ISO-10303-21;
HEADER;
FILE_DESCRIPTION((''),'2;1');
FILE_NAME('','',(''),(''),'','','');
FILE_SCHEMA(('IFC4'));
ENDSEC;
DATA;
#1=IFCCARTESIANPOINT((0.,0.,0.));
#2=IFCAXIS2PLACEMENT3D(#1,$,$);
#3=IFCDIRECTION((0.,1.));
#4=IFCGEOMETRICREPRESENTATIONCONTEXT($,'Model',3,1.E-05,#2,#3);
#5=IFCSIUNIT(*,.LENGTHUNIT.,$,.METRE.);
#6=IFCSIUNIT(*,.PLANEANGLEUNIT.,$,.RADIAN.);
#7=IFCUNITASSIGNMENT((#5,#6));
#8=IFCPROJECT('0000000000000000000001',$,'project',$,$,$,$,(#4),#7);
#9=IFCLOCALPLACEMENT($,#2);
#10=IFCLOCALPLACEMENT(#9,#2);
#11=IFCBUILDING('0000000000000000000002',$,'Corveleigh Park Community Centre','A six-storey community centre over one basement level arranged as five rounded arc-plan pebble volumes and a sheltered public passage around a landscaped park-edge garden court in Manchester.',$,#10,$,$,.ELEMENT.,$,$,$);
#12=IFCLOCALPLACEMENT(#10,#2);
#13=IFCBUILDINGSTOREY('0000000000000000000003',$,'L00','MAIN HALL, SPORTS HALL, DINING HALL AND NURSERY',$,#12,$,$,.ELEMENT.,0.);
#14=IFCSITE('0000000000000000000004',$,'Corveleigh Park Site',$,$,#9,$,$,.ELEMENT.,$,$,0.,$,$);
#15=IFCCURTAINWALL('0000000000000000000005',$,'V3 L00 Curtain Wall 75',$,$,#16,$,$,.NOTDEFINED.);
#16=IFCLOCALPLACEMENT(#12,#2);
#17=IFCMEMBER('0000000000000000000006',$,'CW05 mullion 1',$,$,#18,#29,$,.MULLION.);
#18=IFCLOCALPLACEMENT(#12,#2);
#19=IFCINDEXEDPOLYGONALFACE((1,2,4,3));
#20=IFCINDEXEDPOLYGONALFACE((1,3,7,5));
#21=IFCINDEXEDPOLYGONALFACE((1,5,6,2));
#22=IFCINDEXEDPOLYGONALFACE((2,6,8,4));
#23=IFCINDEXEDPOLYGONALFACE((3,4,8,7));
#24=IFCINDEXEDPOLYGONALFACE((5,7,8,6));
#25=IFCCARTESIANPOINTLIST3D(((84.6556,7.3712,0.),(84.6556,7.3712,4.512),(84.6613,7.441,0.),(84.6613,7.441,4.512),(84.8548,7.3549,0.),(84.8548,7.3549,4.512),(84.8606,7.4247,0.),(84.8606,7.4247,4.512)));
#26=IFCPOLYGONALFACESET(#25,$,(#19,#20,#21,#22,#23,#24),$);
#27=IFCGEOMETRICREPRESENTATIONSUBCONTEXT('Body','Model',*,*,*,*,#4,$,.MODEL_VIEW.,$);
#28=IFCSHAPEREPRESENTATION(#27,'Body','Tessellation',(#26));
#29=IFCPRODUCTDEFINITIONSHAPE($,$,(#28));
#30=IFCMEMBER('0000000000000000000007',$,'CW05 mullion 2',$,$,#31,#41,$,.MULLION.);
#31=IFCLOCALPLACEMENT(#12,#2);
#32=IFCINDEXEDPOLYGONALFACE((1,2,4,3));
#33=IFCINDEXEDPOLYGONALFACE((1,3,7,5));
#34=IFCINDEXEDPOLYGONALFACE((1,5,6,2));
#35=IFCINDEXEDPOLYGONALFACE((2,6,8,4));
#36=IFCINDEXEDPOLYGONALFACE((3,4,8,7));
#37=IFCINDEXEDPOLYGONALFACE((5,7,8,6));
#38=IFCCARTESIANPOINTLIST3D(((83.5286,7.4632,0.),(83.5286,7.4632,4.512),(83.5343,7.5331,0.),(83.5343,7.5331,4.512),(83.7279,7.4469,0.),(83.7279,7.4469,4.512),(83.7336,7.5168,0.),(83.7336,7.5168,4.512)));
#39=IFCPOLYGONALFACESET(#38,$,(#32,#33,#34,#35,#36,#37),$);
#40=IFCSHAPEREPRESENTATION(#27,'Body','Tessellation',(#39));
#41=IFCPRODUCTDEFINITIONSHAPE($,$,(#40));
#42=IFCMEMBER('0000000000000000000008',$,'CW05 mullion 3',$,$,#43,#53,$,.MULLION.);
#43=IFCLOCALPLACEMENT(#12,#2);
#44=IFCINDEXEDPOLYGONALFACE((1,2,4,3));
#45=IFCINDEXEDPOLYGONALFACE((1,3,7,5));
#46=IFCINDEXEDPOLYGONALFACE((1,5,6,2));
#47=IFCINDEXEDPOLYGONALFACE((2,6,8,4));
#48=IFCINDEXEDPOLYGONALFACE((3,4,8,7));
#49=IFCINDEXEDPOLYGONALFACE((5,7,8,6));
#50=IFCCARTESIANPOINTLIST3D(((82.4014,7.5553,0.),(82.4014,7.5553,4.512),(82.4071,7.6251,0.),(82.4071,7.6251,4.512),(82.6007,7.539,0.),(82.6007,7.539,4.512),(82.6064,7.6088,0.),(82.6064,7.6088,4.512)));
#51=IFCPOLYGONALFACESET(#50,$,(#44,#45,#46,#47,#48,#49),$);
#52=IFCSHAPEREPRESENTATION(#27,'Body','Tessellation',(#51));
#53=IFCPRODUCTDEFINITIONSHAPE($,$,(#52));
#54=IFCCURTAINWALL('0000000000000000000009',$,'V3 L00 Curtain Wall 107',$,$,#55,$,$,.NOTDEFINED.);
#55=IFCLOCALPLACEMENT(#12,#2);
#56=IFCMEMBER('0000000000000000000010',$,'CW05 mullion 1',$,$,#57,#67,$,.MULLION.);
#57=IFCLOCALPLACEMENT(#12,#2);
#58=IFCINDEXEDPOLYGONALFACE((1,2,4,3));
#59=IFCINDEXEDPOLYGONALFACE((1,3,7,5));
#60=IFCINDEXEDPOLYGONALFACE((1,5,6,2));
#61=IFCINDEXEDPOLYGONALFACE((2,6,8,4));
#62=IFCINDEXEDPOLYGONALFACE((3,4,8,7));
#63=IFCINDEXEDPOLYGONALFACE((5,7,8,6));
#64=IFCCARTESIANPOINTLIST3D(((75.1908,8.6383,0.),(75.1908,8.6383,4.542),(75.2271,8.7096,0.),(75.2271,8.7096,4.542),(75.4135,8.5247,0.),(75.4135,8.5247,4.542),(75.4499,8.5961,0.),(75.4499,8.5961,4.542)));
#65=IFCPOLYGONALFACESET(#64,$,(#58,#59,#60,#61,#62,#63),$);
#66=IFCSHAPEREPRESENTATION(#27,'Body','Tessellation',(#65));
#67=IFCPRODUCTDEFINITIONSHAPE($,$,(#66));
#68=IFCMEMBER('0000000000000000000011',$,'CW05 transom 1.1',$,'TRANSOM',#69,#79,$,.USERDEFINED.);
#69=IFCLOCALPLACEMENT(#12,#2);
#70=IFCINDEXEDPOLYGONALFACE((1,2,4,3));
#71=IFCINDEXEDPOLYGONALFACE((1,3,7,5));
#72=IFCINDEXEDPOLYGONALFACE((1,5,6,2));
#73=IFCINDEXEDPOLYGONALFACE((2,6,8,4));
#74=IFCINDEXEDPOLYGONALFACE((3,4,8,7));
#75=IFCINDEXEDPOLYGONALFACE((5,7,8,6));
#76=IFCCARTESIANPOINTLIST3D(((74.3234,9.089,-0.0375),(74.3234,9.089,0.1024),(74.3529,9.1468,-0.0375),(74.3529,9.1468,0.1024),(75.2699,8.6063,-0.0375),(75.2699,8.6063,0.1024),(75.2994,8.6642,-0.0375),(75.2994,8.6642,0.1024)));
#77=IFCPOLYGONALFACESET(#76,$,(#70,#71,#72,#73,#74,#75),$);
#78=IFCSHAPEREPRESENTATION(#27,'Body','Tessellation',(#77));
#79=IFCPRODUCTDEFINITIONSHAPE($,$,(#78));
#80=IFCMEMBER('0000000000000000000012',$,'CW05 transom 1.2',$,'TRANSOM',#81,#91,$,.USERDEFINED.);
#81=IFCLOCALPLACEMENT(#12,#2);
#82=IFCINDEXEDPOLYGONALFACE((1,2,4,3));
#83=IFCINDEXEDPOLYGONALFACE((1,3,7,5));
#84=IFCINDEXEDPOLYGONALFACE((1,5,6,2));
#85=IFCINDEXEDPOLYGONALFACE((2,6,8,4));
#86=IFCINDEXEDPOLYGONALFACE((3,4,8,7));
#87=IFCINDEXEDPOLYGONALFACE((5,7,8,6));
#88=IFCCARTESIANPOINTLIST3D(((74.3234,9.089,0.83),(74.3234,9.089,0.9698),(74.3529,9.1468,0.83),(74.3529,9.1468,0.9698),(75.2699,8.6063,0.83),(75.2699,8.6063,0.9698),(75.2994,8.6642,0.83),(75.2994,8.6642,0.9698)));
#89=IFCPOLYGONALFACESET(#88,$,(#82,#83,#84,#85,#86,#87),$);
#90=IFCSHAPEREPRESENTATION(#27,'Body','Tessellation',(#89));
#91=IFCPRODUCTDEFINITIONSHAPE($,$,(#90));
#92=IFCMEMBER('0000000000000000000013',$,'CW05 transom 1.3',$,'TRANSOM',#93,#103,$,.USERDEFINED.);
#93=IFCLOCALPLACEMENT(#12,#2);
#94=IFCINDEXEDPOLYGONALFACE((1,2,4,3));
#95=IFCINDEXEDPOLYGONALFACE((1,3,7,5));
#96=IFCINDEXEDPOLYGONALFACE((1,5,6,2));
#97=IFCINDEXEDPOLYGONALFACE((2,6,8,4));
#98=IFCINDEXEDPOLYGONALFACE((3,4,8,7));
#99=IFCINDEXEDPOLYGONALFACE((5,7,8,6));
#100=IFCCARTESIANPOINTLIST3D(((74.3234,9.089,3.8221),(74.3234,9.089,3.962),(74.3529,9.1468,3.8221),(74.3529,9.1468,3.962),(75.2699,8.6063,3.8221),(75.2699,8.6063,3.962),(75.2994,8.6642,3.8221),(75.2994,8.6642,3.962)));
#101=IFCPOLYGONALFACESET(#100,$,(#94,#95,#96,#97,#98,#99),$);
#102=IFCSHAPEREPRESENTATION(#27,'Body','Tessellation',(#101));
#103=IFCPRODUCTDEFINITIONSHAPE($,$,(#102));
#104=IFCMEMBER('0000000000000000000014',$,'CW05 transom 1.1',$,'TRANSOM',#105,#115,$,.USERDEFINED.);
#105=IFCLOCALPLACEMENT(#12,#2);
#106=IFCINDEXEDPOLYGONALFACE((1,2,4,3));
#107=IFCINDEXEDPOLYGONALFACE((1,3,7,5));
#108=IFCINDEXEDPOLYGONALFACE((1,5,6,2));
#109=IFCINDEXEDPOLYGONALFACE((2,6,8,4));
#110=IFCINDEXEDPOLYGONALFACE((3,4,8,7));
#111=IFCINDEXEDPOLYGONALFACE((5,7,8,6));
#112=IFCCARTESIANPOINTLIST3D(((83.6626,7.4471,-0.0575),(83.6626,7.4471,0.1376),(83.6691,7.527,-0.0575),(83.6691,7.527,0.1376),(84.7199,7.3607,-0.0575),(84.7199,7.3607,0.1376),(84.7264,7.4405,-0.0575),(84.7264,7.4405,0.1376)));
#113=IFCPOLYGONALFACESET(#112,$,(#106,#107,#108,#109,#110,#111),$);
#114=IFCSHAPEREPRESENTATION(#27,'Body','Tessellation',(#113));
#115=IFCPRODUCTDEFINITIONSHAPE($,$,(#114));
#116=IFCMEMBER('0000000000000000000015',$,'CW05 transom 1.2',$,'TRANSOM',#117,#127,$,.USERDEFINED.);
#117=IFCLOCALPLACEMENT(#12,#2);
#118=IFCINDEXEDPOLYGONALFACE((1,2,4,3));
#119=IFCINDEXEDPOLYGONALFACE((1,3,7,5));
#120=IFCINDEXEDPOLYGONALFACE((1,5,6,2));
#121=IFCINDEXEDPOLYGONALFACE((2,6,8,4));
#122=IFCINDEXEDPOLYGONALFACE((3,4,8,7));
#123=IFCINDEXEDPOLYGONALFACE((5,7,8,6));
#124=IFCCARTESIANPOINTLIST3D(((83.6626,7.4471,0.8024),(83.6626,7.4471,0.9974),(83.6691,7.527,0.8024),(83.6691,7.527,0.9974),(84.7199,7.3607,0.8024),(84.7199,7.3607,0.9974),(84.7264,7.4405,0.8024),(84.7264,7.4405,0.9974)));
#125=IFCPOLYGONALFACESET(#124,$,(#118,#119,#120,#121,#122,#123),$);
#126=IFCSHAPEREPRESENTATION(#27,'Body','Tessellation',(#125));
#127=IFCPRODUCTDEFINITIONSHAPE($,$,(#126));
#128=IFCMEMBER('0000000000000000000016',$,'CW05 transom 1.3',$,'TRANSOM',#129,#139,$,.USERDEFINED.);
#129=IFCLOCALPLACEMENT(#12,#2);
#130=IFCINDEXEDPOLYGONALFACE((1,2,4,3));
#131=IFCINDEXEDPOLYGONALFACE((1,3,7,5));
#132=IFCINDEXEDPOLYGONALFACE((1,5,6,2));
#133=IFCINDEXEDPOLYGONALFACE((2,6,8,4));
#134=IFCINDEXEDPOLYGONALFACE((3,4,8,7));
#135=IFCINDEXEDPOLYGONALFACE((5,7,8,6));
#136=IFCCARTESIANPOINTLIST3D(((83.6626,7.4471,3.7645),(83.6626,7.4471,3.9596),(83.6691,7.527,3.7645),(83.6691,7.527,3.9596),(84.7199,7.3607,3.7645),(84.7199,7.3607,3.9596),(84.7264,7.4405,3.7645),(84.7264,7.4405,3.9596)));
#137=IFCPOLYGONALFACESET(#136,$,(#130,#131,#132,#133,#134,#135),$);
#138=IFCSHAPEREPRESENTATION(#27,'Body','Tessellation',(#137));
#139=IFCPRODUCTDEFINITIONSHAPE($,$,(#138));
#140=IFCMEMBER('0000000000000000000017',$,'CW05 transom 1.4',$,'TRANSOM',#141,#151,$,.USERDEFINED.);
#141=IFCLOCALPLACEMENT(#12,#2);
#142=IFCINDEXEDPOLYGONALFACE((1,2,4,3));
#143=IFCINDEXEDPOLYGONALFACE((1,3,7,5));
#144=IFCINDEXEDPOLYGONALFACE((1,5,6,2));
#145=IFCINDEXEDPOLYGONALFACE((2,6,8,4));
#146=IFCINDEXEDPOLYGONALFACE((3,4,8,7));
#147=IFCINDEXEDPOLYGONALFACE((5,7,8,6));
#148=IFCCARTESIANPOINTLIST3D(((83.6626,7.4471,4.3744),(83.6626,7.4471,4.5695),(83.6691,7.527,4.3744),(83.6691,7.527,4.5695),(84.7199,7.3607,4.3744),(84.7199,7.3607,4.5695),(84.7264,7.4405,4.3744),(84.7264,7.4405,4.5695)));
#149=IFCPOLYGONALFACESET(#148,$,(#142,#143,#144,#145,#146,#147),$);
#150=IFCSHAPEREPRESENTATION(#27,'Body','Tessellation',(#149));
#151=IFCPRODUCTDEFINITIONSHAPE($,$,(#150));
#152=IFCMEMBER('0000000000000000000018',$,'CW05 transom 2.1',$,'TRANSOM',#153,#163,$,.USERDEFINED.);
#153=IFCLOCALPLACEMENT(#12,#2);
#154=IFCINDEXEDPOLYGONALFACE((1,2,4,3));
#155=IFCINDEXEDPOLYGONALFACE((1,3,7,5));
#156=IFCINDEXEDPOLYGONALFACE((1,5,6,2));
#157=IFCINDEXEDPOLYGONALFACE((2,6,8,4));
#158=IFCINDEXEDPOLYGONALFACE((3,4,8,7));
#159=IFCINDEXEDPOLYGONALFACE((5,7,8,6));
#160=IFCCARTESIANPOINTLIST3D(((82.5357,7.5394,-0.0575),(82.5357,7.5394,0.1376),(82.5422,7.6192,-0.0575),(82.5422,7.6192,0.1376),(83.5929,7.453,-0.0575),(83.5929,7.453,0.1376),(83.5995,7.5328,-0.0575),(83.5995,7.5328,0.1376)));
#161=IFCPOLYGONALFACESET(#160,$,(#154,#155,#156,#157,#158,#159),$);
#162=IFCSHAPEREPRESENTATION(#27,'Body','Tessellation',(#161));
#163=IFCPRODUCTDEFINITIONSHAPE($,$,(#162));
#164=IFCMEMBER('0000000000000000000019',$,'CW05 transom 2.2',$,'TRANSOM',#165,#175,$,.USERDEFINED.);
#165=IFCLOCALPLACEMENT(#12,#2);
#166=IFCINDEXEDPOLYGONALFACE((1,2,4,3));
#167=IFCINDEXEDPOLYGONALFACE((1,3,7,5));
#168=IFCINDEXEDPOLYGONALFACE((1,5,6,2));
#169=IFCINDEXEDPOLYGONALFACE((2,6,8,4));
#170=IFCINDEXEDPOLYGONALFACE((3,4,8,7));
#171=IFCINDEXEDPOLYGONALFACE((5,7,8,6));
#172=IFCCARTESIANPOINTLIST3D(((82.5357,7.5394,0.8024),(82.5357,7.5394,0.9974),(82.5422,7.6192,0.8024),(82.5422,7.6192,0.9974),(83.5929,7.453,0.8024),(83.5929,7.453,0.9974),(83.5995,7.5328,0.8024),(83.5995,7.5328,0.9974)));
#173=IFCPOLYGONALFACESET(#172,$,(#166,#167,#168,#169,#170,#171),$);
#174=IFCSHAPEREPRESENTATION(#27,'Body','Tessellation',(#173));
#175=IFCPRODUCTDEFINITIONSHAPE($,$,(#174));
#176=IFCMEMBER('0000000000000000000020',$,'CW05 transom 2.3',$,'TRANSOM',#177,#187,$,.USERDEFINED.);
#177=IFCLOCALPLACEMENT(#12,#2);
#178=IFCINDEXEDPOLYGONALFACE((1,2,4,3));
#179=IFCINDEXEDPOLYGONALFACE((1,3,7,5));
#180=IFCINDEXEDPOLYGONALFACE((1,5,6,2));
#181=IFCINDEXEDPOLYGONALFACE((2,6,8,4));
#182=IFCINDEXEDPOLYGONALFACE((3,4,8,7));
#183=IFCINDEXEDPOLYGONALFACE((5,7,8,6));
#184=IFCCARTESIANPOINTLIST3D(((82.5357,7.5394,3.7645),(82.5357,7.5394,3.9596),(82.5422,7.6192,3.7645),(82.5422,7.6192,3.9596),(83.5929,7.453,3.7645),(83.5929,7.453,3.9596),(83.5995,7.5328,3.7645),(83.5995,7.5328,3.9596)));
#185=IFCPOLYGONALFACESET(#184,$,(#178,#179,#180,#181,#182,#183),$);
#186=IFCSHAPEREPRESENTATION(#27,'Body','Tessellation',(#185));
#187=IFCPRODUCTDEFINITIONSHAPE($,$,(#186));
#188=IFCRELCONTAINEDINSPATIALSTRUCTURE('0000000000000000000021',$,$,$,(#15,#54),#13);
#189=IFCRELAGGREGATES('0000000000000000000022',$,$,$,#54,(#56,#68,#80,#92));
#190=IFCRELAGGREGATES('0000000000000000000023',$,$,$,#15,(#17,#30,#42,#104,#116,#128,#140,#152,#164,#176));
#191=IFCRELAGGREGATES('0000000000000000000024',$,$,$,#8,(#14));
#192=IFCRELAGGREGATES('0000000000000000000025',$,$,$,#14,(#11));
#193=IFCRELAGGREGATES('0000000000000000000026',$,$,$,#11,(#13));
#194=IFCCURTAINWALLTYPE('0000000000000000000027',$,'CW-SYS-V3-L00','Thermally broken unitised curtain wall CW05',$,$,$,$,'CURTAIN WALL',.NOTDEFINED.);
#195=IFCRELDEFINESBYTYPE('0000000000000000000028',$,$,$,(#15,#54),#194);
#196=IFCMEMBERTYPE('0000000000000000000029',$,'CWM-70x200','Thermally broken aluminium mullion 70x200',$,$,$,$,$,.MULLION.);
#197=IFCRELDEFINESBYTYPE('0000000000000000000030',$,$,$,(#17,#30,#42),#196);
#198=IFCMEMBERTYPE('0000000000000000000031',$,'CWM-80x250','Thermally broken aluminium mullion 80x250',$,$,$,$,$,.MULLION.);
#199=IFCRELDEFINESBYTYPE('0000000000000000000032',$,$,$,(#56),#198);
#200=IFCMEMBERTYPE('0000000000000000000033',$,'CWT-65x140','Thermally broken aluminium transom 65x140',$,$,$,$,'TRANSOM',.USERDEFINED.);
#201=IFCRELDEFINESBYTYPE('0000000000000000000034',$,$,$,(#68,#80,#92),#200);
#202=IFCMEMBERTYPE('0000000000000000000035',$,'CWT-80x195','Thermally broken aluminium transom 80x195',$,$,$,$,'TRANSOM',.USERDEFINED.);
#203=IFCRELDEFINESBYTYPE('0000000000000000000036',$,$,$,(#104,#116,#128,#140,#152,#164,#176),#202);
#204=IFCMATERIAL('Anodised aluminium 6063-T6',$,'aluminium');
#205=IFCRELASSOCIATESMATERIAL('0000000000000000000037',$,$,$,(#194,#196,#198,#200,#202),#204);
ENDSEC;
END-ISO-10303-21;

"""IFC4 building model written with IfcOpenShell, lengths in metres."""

from ifc_helpers import new_model, si_unit, direction, frame, origin, origin_2d, place, context, subcontext, project, spatial, rectangle, extrude, material, material_profile, profile_set, type_object, element, aggregate, save


model = new_model("IFC4")

# Units and contexts
model_context = context("Model", 3, precision=1e-05, world=origin(), true_north=direction((0.0, 1.0)))
body_context = subcontext(model_context, "Body", "Model", "MODEL_VIEW")
ifc_project = project(units=[si_unit("LENGTHUNIT", "METRE"), si_unit("PLANEANGLEUNIT", "RADIAN")], contexts=[model_context])

# Site, building, storey
site_placement = place(None, origin())
site = spatial("IfcSite", under=ifc_project, at=site_placement, Name="Corveleigh Park Site", CompositionType="ELEMENT", RefElevation=0.0)
building_placement = place(site_placement, origin())
building = spatial("IfcBuilding", under=site, at=building_placement, Name="Corveleigh Park Community Centre", Description="A six-storey community centre over one basement level arranged as five rounded arc-plan pebble volumes and a sheltered public passage around a landscaped park-edge garden court in Manchester.", CompositionType="ELEMENT")
storey_placement = place(building_placement, origin())
storey = spatial("IfcBuildingStorey", under=building, at=storey_placement, Name="L00", Description="MAIN HALL, SPORTS HALL, DINING HALL AND NURSERY", CompositionType="ELEMENT", Elevation=0.0)

# Curtain walls, members
ifc_material_1 = material(Name="Anodised aluminium 6063-T6", Category="aluminium")
curtain_wall_type = type_object("IfcCurtainWallType", Name="CW-SYS-V3-L00", Description="Thermally broken unitised curtain wall CW05", ElementType="CURTAIN WALL", PredefinedType="NOTDEFINED", material=ifc_material_1)
curtain_wall_1_placement = place(storey_placement, origin())
curtain_wall_1 = element("IfcCurtainWall", 1, at=curtain_wall_1_placement, inside=storey, type_object=curtain_wall_type, Name="V3 L00 Curtain Wall 75", PredefinedType="NOTDEFINED")
ifc_material_profile_1 = material_profile(ifc_material_1, rectangle(XDim=0.0701, YDim=0.2, at=origin_2d()), Name="ALU-M70x200", Category="aluminium")
ifc_profile_set_1 = profile_set([ifc_material_profile_1], Name="Anodised aluminium 6063-T6")
member_type_1 = type_object("IfcMemberType", Name="CWM-70x200", Description="Thermally broken aluminium mullion 70x200", PredefinedType="MULLION", material=ifc_profile_set_1)
member_1_placement = place(storey_placement, frame((84.7581, 7.3979, 0.0), z_axis=(0.0, 0.0, 1.0), x_axis=(-0.081484, -0.996675, 0.0)))
member_1 = element("IfcMember", 2, at=member_1_placement, type_object=member_type_1, Name="CW05 mullion 1", PredefinedType="MULLION", context=body_context, shape_type="SweptSolid", body=[
    extrude(rectangle(XDim=0.0701, YDim=0.2, at=origin_2d()), origin(), (0.0, 0.0, 1.0), 4.512),
])
member_2_placement = place(storey_placement, frame((83.6311, 7.49, 0.0), z_axis=(0.0, 0.0, 1.0), x_axis=(-0.081484, -0.996675, 0.0)))
member_2 = element("IfcMember", 3, at=member_2_placement, type_object=member_type_1, Name="CW05 mullion 2", PredefinedType="MULLION", context=body_context, shape_type="SweptSolid", body=[
    extrude(rectangle(XDim=0.0701, YDim=0.2, at=origin_2d()), origin(), (0.0, 0.0, 1.0), 4.512),
])
member_3_placement = place(storey_placement, frame((82.5039, 7.582, 0.0), z_axis=(0.0, 0.0, 1.0), x_axis=(-0.081484, -0.996675, 0.0)))
member_3 = element("IfcMember", 4, at=member_3_placement, type_object=member_type_1, Name="CW05 mullion 3", PredefinedType="MULLION", context=body_context, shape_type="SweptSolid", body=[
    extrude(rectangle(XDim=0.0701, YDim=0.2, at=origin_2d()), origin(), (0.0, 0.0, 1.0), 4.512),
])
curtain_wall_2_placement = place(storey_placement, origin())
curtain_wall_2 = element("IfcCurtainWall", 5, at=curtain_wall_2_placement, inside=storey, type_object=curtain_wall_type, Name="V3 L00 Curtain Wall 107", PredefinedType="NOTDEFINED")
ifc_material_profile_2 = material_profile(ifc_material_1, rectangle(XDim=0.0801, YDim=0.25, at=origin_2d()), Name="ALU-M80x250", Category="aluminium")
ifc_profile_set_2 = profile_set([ifc_material_profile_2], Name="Anodised aluminium 6063-T6")
member_type_2 = type_object("IfcMemberType", Name="CWM-80x250", Description="Thermally broken aluminium mullion 80x250", PredefinedType="MULLION", material=ifc_profile_set_2)
member_4_placement = place(storey_placement, frame((75.3203, 8.6172, 0.0), z_axis=(0.0, 0.0, 1.0), x_axis=(-0.454135, -0.890933, 0.0)))
member_4 = element("IfcMember", 6, at=member_4_placement, type_object=member_type_2, Name="CW05 mullion 1", PredefinedType="MULLION", context=body_context, shape_type="SweptSolid", body=[
    extrude(rectangle(XDim=0.0801, YDim=0.25, at=origin_2d()), origin(), (0.0, 0.0, 1.0), 4.542),
])
ifc_material_profile_3 = material_profile(ifc_material_1, rectangle(XDim=0.0649, YDim=0.1399, at=origin_2d()), Name="ALU-T65x140", Category="aluminium")
ifc_profile_set_3 = profile_set([ifc_material_profile_3], Name="Anodised aluminium 6063-T6")
member_type_3 = type_object("IfcMemberType", Name="CWT-65x140", Description="Thermally broken aluminium transom 65x140", ElementType="TRANSOM", PredefinedType="USERDEFINED", material=ifc_profile_set_3)
member_5_placement = place(storey_placement, frame((75.2847, 8.6353, 0.0325), z_axis=(-0.890861, 0.454277, 0.0), x_axis=(-0.454277, -0.890861, 0.0)))
member_5 = element("IfcMember", 7, at=member_5_placement, type_object=member_type_3, Name="CW05 transom 1.1", ObjectType="TRANSOM", PredefinedType="USERDEFINED", context=body_context, shape_type="SweptSolid", body=[
    extrude(rectangle(XDim=0.0649, YDim=0.1399, at=origin_2d()), origin(), (0.0, 0.0, 1.0), 1.0625),
])
member_6_placement = place(storey_placement, frame((75.2847, 8.6353, 0.8999), z_axis=(-0.890861, 0.454277, 0.0), x_axis=(-0.454277, -0.890861, 0.0)))
member_6 = element("IfcMember", 8, at=member_6_placement, type_object=member_type_3, Name="CW05 transom 1.2", ObjectType="TRANSOM", PredefinedType="USERDEFINED", context=body_context, shape_type="SweptSolid", body=[
    extrude(rectangle(XDim=0.0649, YDim=0.1399, at=origin_2d()), origin(), (0.0, 0.0, 1.0), 1.0625),
])
member_7_placement = place(storey_placement, frame((75.2847, 8.6353, 3.8921), z_axis=(-0.890861, 0.454277, 0.0), x_axis=(-0.454277, -0.890861, 0.0)))
member_7 = element("IfcMember", 9, at=member_7_placement, type_object=member_type_3, Name="CW05 transom 1.3", ObjectType="TRANSOM", PredefinedType="USERDEFINED", context=body_context, shape_type="SweptSolid", body=[
    extrude(rectangle(XDim=0.0649, YDim=0.1399, at=origin_2d()), origin(), (0.0, 0.0, 1.0), 1.0625),
])
aggregate(curtain_wall_2, [member_4, member_5, member_6, member_7])

# Members
ifc_material_profile_4 = material_profile(ifc_material_1, rectangle(XDim=0.0801, YDim=0.1951, at=origin_2d()), Name="ALU-T80x195", Category="aluminium")
ifc_profile_set_4 = profile_set([ifc_material_profile_4], Name="Anodised aluminium 6063-T6")
member_type_4 = type_object("IfcMemberType", Name="CWT-80x195", Description="Thermally broken aluminium transom 80x195", ElementType="TRANSOM", PredefinedType="USERDEFINED", material=ifc_profile_set_4)
member_8_placement = place(storey_placement, frame((84.7231, 7.4006, 0.04), z_axis=(-0.996676, 0.081465, 0.0), x_axis=(-0.081465, -0.996676, 0.0)))
member_8 = element("IfcMember", 10, at=member_8_placement, type_object=member_type_4, Name="CW05 transom 1.1", ObjectType="TRANSOM", PredefinedType="USERDEFINED", context=body_context, shape_type="SweptSolid", body=[
    extrude(rectangle(XDim=0.0801, YDim=0.1951, at=origin_2d()), origin(), (0.0, 0.0, 1.0), 1.0608),
])
member_9_placement = place(storey_placement, frame((84.7231, 7.4006, 0.8999), z_axis=(-0.996676, 0.081465, 0.0), x_axis=(-0.081465, -0.996676, 0.0)))
member_9 = element("IfcMember", 11, at=member_9_placement, type_object=member_type_4, Name="CW05 transom 1.2", ObjectType="TRANSOM", PredefinedType="USERDEFINED", context=body_context, shape_type="SweptSolid", body=[
    extrude(rectangle(XDim=0.0801, YDim=0.1951, at=origin_2d()), origin(), (0.0, 0.0, 1.0), 1.0608),
])
member_10_placement = place(storey_placement, frame((84.7231, 7.4006, 3.8621), z_axis=(-0.996676, 0.081465, 0.0), x_axis=(-0.081465, -0.996676, 0.0)))
member_10 = element("IfcMember", 12, at=member_10_placement, type_object=member_type_4, Name="CW05 transom 1.3", ObjectType="TRANSOM", PredefinedType="USERDEFINED", context=body_context, shape_type="SweptSolid", body=[
    extrude(rectangle(XDim=0.0801, YDim=0.1951, at=origin_2d()), origin(), (0.0, 0.0, 1.0), 1.0608),
])
member_11_placement = place(storey_placement, frame((84.7231, 7.4006, 4.4719), z_axis=(-0.996676, 0.081465, 0.0), x_axis=(-0.081465, -0.996676, 0.0)))
member_11 = element("IfcMember", 13, at=member_11_placement, type_object=member_type_4, Name="CW05 transom 1.4", ObjectType="TRANSOM", PredefinedType="USERDEFINED", context=body_context, shape_type="SweptSolid", body=[
    extrude(rectangle(XDim=0.0801, YDim=0.1951, at=origin_2d()), origin(), (0.0, 0.0, 1.0), 1.0608),
])
member_12_placement = place(storey_placement, frame((83.5962, 7.4929, 0.04), z_axis=(-0.996676, 0.081465, 0.0), x_axis=(-0.081465, -0.996676, 0.0)))
member_12 = element("IfcMember", 14, at=member_12_placement, type_object=member_type_4, Name="CW05 transom 2.1", ObjectType="TRANSOM", PredefinedType="USERDEFINED", context=body_context, shape_type="SweptSolid", body=[
    extrude(rectangle(XDim=0.0801, YDim=0.1951, at=origin_2d()), origin(), (0.0, 0.0, 1.0), 1.0608),
])
member_13_placement = place(storey_placement, frame((83.5962, 7.4929, 0.8999), z_axis=(-0.996676, 0.081465, 0.0), x_axis=(-0.081465, -0.996676, 0.0)))
member_13 = element("IfcMember", 15, at=member_13_placement, type_object=member_type_4, Name="CW05 transom 2.2", ObjectType="TRANSOM", PredefinedType="USERDEFINED", context=body_context, shape_type="SweptSolid", body=[
    extrude(rectangle(XDim=0.0801, YDim=0.1951, at=origin_2d()), origin(), (0.0, 0.0, 1.0), 1.0608),
])
member_14_placement = place(storey_placement, frame((83.5962, 7.4929, 3.8621), z_axis=(-0.996676, 0.081465, 0.0), x_axis=(-0.081465, -0.996676, 0.0)))
member_14 = element("IfcMember", 16, at=member_14_placement, type_object=member_type_4, Name="CW05 transom 2.3", ObjectType="TRANSOM", PredefinedType="USERDEFINED", context=body_context, shape_type="SweptSolid", body=[
    extrude(rectangle(XDim=0.0801, YDim=0.1951, at=origin_2d()), origin(), (0.0, 0.0, 1.0), 1.0608),
])

aggregate(curtain_wall_1, [member_1, member_2, member_3, member_8, member_9, member_10, member_11, member_12, member_13, member_14])

save(model, "model.ifc")
